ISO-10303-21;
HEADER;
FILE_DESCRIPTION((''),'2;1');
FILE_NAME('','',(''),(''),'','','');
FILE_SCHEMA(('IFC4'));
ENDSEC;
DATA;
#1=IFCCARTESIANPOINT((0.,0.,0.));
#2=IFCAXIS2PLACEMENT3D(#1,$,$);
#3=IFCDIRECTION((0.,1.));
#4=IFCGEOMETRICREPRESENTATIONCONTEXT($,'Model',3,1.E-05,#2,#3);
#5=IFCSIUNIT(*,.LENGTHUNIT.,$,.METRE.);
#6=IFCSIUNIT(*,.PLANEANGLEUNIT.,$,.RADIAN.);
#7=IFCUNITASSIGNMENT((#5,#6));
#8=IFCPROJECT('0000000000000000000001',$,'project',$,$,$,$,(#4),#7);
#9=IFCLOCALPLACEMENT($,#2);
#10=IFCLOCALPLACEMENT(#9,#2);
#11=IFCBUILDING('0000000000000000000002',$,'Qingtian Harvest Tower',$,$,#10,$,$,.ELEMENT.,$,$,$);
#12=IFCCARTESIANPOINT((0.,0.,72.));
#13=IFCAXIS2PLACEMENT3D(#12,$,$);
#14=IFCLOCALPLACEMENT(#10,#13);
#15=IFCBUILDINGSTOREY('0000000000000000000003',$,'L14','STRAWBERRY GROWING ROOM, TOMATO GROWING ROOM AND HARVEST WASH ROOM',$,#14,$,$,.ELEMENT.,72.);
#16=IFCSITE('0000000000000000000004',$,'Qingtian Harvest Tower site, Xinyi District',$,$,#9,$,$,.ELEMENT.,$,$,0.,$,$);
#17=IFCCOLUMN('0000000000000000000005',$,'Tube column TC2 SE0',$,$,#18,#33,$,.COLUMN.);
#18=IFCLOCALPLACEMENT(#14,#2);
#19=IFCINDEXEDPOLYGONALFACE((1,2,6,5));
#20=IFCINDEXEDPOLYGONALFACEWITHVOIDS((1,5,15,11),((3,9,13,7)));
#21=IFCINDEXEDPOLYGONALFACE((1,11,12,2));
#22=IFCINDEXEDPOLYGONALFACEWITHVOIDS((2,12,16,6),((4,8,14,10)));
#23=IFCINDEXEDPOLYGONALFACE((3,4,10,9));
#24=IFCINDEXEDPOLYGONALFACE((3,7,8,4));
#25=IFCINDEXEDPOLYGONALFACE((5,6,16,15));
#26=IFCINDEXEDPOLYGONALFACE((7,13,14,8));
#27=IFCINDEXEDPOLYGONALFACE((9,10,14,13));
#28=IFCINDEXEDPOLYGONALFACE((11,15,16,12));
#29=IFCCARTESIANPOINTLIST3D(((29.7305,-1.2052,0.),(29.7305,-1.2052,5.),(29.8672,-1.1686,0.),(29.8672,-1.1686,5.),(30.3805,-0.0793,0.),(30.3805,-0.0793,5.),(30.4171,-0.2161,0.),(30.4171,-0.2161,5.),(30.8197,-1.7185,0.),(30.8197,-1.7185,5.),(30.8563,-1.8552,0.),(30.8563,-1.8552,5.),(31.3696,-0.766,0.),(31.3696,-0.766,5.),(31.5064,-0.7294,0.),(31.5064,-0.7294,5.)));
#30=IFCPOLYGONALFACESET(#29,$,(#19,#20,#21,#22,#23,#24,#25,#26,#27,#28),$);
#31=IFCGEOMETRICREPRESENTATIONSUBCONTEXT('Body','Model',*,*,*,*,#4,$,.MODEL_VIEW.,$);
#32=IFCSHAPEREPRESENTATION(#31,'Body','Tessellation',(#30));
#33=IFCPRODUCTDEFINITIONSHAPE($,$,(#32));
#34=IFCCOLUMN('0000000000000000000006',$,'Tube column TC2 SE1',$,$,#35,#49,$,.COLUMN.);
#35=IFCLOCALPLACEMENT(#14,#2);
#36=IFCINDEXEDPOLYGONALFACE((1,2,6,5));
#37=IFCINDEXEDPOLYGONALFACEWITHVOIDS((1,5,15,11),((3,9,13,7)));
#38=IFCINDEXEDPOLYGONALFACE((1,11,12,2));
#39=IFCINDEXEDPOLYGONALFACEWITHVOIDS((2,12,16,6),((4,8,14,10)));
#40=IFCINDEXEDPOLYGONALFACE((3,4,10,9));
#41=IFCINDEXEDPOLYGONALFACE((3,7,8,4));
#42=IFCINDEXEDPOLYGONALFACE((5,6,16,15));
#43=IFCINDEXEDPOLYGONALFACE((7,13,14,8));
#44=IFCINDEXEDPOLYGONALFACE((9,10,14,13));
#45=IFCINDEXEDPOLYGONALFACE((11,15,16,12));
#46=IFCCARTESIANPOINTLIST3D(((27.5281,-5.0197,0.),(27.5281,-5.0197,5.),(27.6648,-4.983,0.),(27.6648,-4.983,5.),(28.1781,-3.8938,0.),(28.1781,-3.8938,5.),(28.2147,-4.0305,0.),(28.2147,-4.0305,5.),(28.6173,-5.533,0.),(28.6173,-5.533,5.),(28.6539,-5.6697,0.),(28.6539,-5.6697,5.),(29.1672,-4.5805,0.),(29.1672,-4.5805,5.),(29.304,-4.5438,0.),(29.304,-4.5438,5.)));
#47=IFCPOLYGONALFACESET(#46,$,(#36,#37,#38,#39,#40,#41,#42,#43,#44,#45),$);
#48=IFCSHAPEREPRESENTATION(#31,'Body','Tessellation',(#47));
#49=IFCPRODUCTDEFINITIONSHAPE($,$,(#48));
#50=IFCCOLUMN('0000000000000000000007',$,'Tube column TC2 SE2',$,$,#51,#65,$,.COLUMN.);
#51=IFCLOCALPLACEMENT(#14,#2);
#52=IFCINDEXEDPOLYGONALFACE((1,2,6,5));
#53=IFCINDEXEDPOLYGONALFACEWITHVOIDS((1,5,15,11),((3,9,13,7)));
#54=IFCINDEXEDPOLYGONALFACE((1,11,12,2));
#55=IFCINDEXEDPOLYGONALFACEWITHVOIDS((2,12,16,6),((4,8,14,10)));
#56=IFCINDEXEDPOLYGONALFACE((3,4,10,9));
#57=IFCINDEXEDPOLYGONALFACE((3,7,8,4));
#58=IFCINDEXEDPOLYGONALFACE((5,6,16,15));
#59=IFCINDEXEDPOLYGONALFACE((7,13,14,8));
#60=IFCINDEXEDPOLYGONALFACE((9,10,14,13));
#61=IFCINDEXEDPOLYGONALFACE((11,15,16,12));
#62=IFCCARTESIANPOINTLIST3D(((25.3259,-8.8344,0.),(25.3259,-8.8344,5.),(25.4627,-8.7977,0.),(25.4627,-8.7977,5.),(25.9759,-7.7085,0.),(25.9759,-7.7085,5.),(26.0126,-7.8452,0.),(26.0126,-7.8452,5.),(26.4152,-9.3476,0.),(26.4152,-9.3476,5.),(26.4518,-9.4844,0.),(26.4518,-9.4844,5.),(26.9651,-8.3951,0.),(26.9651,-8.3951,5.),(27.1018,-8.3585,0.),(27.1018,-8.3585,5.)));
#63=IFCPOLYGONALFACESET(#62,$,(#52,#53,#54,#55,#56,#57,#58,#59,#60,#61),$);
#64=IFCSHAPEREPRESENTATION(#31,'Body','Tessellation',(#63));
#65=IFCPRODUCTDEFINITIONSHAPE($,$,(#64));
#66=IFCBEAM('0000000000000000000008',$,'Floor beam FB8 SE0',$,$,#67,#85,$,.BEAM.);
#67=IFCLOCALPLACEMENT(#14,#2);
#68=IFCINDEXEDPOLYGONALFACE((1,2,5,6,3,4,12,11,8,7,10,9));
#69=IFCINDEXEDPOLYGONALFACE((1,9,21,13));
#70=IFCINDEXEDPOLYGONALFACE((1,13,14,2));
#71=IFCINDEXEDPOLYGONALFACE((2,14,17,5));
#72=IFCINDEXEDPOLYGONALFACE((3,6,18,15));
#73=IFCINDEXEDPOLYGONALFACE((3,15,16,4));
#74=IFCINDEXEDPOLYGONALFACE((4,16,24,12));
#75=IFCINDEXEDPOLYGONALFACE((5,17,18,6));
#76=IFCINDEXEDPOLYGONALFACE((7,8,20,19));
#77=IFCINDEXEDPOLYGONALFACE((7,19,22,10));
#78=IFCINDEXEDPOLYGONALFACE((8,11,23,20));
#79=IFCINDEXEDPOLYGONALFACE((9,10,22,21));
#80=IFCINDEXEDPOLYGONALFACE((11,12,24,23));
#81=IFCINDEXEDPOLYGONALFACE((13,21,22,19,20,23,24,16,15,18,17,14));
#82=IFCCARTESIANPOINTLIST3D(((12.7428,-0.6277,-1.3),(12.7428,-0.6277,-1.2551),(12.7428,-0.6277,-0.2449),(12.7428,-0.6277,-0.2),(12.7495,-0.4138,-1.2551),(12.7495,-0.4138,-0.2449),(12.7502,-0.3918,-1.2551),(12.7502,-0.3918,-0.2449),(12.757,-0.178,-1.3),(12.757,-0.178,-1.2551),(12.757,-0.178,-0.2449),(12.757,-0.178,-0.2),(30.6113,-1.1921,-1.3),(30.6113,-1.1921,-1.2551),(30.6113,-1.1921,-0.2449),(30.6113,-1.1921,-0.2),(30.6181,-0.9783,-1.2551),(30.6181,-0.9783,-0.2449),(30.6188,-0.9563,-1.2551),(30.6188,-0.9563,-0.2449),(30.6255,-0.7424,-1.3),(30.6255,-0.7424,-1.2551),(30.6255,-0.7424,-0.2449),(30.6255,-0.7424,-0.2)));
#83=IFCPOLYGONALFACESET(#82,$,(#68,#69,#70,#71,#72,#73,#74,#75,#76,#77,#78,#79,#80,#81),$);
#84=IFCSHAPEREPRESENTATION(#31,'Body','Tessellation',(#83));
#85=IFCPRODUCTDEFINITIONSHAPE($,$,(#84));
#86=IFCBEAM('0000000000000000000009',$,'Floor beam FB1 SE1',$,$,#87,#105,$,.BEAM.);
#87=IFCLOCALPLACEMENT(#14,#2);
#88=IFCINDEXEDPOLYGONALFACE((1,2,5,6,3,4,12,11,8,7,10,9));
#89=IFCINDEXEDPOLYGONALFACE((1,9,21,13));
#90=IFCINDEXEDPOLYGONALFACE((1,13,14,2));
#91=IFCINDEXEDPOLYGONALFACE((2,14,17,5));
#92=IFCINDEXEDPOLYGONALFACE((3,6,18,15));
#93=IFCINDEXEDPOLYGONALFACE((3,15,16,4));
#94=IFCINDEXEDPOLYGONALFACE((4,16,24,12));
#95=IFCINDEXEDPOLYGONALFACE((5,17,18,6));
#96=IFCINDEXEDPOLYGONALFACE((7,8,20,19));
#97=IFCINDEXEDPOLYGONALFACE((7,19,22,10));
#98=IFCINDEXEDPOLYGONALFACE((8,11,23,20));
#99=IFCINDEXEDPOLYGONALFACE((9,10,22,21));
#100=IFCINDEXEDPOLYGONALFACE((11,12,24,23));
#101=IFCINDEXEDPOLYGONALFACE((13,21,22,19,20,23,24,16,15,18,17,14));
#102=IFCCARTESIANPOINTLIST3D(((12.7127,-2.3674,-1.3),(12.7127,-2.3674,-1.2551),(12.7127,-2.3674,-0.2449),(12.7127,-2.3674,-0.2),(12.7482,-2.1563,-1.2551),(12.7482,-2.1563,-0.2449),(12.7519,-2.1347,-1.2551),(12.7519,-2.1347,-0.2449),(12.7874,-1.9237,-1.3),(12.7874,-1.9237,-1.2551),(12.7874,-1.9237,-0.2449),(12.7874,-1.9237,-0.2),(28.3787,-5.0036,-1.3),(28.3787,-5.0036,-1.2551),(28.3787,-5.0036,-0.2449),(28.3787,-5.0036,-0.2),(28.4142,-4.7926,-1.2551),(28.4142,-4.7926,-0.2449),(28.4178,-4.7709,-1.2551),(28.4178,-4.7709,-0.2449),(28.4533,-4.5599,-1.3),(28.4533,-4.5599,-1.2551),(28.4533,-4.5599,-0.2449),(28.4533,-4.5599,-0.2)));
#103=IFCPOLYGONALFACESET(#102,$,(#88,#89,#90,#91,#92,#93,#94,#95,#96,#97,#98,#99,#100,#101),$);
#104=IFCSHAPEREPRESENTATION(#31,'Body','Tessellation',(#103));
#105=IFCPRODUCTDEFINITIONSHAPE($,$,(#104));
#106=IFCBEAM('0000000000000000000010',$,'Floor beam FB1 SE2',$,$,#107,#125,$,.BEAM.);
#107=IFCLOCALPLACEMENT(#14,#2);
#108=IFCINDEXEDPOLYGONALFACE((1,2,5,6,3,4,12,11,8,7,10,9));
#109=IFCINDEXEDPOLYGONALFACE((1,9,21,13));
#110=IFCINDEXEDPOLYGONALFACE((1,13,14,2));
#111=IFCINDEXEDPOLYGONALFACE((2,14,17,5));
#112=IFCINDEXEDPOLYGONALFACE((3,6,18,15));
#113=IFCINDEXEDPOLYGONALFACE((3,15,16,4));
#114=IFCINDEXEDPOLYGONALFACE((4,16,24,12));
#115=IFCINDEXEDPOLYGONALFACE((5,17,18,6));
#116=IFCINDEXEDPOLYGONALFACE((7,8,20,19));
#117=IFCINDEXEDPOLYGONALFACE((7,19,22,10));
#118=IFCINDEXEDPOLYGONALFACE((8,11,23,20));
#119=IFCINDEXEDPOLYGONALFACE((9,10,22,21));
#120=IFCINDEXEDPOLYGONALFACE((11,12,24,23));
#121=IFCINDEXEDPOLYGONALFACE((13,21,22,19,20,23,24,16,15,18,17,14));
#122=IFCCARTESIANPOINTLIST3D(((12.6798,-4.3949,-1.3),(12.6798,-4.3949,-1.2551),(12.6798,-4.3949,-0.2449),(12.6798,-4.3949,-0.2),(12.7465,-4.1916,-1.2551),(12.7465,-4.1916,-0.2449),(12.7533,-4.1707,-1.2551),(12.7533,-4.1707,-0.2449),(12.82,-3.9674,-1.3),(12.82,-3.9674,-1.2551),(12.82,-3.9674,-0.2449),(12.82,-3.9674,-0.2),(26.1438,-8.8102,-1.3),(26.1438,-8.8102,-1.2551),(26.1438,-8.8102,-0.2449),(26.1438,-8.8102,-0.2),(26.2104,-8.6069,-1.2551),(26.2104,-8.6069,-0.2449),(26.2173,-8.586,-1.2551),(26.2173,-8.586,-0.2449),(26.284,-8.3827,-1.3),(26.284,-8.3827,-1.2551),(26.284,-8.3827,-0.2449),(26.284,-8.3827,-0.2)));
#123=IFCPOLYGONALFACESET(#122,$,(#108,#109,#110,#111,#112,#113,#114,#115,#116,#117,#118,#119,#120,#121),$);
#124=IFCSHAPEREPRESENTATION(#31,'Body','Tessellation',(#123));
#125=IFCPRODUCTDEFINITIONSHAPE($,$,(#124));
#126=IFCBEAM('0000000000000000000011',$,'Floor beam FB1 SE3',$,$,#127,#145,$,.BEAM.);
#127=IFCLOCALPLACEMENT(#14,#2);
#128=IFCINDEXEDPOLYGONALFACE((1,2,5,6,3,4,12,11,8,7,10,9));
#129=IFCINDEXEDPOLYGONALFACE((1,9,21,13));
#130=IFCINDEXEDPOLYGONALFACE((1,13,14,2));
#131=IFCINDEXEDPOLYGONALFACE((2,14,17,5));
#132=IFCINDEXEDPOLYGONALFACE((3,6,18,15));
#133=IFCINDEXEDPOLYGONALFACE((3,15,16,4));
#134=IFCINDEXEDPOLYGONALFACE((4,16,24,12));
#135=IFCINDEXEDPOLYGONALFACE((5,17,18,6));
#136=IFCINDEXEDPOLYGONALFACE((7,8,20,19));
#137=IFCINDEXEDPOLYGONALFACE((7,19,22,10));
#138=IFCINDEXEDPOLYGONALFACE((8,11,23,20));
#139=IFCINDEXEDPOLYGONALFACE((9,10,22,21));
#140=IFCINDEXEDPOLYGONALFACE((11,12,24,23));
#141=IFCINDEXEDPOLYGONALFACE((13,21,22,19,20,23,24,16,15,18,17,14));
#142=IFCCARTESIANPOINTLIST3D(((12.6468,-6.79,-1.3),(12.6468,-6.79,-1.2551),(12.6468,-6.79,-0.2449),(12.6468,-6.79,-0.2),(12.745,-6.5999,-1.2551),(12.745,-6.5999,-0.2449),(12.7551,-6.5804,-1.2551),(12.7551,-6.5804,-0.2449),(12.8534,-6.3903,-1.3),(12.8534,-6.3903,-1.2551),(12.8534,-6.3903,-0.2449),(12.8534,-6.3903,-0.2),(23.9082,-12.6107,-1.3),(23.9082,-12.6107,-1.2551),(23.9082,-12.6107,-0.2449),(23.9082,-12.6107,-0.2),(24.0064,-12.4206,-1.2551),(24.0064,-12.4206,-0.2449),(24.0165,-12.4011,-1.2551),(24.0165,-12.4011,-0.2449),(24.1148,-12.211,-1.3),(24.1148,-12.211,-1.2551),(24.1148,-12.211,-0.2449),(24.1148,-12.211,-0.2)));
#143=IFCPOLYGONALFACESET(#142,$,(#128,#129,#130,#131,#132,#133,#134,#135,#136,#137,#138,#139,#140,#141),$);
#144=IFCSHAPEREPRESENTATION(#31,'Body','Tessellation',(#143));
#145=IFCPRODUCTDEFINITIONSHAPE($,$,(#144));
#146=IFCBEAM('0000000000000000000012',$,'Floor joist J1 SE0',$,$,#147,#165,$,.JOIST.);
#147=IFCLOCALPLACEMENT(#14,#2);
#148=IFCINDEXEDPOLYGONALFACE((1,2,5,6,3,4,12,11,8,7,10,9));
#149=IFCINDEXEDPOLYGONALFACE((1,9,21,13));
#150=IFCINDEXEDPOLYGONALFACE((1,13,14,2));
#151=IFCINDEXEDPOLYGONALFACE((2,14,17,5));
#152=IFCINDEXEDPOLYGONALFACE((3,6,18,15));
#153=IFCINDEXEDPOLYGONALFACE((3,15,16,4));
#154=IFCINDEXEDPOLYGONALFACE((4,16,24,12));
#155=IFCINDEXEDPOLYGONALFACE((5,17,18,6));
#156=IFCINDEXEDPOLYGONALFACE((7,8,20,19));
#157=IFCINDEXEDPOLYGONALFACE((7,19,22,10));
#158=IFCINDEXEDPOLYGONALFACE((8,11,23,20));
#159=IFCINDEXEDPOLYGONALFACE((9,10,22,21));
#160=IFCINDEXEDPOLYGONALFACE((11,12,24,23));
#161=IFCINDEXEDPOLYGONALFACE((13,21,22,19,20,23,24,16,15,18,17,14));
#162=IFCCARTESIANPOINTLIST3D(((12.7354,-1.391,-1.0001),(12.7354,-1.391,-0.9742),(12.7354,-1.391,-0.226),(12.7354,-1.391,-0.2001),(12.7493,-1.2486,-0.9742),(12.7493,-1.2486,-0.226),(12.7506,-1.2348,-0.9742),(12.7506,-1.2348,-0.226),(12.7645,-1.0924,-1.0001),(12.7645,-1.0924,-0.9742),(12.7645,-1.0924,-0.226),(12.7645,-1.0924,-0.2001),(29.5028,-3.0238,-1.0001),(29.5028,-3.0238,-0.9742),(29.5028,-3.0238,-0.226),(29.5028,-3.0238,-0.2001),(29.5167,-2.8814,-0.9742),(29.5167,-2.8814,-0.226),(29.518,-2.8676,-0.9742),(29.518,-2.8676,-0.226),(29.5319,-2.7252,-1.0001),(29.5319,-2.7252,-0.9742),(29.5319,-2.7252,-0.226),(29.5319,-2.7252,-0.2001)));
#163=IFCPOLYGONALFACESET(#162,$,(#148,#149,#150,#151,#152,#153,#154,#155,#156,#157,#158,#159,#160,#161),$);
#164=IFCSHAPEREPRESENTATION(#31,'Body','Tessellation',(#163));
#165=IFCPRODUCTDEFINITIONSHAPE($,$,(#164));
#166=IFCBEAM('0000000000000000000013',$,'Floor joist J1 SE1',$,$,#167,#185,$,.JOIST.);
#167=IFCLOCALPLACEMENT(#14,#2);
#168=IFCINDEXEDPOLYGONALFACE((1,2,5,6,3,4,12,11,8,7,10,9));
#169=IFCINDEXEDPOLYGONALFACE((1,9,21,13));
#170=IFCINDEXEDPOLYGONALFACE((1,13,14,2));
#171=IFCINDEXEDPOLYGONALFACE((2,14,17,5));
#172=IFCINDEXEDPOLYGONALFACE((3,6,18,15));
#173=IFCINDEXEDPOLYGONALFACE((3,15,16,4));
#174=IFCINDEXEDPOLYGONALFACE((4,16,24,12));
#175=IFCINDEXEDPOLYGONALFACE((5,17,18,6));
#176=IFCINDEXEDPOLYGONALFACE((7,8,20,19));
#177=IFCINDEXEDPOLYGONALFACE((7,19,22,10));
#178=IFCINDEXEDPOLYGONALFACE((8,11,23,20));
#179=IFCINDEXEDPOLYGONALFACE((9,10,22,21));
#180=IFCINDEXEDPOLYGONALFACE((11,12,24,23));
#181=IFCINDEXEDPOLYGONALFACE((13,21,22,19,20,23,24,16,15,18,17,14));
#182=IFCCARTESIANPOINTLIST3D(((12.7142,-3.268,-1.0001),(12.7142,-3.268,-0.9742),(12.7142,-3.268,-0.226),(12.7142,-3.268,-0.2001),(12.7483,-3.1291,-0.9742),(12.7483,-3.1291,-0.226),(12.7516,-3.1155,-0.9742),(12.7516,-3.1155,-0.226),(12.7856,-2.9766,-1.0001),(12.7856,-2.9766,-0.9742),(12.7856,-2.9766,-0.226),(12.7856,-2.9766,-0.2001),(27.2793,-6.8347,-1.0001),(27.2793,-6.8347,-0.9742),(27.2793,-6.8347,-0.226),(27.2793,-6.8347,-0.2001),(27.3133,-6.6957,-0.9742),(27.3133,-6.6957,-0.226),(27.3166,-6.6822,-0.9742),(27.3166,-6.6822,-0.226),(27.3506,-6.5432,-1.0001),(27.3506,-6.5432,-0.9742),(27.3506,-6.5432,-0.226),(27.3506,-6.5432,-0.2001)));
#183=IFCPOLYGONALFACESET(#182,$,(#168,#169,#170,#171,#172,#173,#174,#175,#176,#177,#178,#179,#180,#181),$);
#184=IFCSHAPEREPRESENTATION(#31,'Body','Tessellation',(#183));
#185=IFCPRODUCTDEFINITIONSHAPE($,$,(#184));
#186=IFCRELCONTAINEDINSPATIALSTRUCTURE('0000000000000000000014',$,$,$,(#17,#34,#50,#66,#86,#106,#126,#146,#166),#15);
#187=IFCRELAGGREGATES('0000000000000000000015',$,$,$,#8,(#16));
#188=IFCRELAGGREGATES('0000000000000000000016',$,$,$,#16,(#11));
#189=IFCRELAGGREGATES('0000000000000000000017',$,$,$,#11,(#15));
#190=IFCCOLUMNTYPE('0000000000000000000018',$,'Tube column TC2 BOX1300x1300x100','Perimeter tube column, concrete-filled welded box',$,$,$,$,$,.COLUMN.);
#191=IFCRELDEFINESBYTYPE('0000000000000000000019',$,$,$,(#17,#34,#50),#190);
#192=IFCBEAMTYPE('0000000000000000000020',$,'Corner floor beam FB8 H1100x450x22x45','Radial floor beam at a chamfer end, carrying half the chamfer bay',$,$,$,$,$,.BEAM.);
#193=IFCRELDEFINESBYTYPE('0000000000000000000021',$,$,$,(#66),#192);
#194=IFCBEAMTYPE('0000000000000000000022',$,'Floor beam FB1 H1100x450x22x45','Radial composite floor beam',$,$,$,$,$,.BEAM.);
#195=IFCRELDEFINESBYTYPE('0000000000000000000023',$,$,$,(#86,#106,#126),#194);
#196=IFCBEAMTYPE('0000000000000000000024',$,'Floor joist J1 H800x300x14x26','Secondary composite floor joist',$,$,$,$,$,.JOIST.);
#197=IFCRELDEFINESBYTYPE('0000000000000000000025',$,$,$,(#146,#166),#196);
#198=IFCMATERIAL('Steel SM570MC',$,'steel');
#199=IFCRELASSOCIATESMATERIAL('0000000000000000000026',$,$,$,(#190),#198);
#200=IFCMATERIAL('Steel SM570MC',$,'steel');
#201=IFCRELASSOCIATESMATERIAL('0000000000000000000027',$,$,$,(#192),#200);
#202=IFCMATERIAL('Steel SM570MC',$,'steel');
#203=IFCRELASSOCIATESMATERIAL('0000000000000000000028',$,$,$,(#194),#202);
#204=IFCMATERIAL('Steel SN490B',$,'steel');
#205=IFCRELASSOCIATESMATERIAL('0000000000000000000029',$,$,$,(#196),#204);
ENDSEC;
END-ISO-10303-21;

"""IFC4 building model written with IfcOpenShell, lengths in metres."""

from ifc_helpers import new_model, si_unit, direction, frame, origin, origin_2d, place, context, subcontext, project, spatial, hollow_rectangle, i_section, extrude, material, material_profile, profile_set, type_object, element, save


model = new_model("IFC4")

# Units and contexts
model_context = context("Model", 3, precision=1e-05, world=origin(), true_north=direction((0.0, 1.0)))
body_context = subcontext(model_context, "Body", "Model", "MODEL_VIEW")
ifc_project = project(units=[si_unit("LENGTHUNIT", "METRE"), si_unit("PLANEANGLEUNIT", "RADIAN")], contexts=[model_context])

# Site, building, storey
site_placement = place(None, origin())
site = spatial("IfcSite", under=ifc_project, at=site_placement, Name="Qingtian Harvest Tower site, Xinyi District", CompositionType="ELEMENT", RefElevation=0.0)
building_placement = place(site_placement, origin())
building = spatial("IfcBuilding", under=site, at=building_placement, Name="Qingtian Harvest Tower", CompositionType="ELEMENT")
storey_placement = place(building_placement, frame((0.0, 0.0, 72.0)))
storey = spatial("IfcBuildingStorey", under=building, at=storey_placement, Name="L14", Description="STRAWBERRY GROWING ROOM, TOMATO GROWING ROOM AND HARVEST WASH ROOM", CompositionType="ELEMENT", Elevation=72.0)

# Columns
ifc_material_1 = material(Name="Steel SM570MC", Category="steel")
ifc_material_profile_1 = material_profile(ifc_material_1, hollow_rectangle(XDim=1.3, YDim=1.3, WallThickness=0.1001, at=origin_2d()), Name="BOX1300x1300x100")
ifc_profile_set_1 = profile_set([ifc_material_profile_1], Name="Steel SM570MC")
column_type = type_object("IfcColumnType", Name="Tube column TC2 BOX1300x1300x100", Description="Perimeter tube column, concrete-filled welded box", PredefinedType="COLUMN", material=ifc_profile_set_1)
for number, where, z_axis, x_axis, name in (
    (1, (30.6184, -0.9673, 0.0), (0.0, 0.0, 1.0), (0.5, 0.866025, 0.0), "Tube column TC2 SE0"),
    (2, (28.416, -4.7817, 0.0), (0.0, 0.0, 1.0), (0.5, 0.866025, 0.0), "Tube column TC2 SE1"),
    (3, (26.2139, -8.5964, 0.0), (0.0, 0.0, 1.0), (0.5, 0.866025, 0.0), "Tube column TC2 SE2"),
):
    element("IfcColumn", number, at=place(storey_placement, frame(where, z_axis=z_axis, x_axis=x_axis)), inside=storey, type_object=column_type, Name=name, PredefinedType="COLUMN", context=body_context, shape_type="SweptSolid", body=[
        extrude(hollow_rectangle(XDim=1.3, YDim=1.3, WallThickness=0.1001, at=origin_2d()), origin(), (0.0, 0.0, 1.0), 5.0),
    ])

# Beams
ifc_material_2 = material(Name="Steel SM570MC", Category="steel")
ifc_material_profile_2 = material_profile(ifc_material_2, i_section(OverallWidth=0.45, OverallDepth=1.1001, WebThickness=0.022, FlangeThickness=0.0449, at=origin_2d()), Name="H1100x450x22x45")
ifc_profile_set_2 = profile_set([ifc_material_profile_2], Name="Steel SM570MC")
beam_type_1 = type_object("IfcBeamType", Name="Corner floor beam FB8 H1100x450x22x45", Description="Radial floor beam at a chamfer end, carrying half the chamfer bay", PredefinedType="BEAM", material=ifc_profile_set_2)
beam_1_placement = place(storey_placement, frame((30.6184, -0.9673, -0.75), z_axis=(-0.999501, 0.031574, 0.0), x_axis=(-0.031574, -0.999501, 0.0)))
element("IfcBeam", 4, at=beam_1_placement, inside=storey, type_object=beam_type_1, Name="Floor beam FB8 SE0", PredefinedType="BEAM", context=body_context, shape_type="SweptSolid", body=[
    extrude(i_section(OverallWidth=0.45, OverallDepth=1.1001, WebThickness=0.022, FlangeThickness=0.0449, at=origin_2d()), origin(), (0.0, 0.0, 1.0), 17.8774),
])
ifc_material_3 = material(Name="Steel SM570MC", Category="steel")
ifc_material_profile_3 = material_profile(ifc_material_3, i_section(OverallWidth=0.45, OverallDepth=1.1001, WebThickness=0.022, FlangeThickness=0.0449, at=origin_2d()), Name="H1100x450x22x45")
ifc_profile_set_3 = profile_set([ifc_material_profile_3], Name="Steel SM570MC")
beam_type_2 = type_object("IfcBeamType", Name="Floor beam FB1 H1100x450x22x45", Description="Radial composite floor beam", PredefinedType="BEAM", material=ifc_profile_set_3)
beam_2_placement = place(storey_placement, frame((28.416, -4.7817, -0.75), z_axis=(-0.986135, 0.165944, 0.0), x_axis=(-0.165944, -0.986135, 0.0)))
element("IfcBeam", 5, at=beam_2_placement, inside=storey, type_object=beam_type_2, Name="Floor beam FB1 SE1", PredefinedType="BEAM", context=body_context, shape_type="SweptSolid", body=[
    extrude(i_section(OverallWidth=0.45, OverallDepth=1.1001, WebThickness=0.022, FlangeThickness=0.0449, at=origin_2d()), origin(), (0.0, 0.0, 1.0), 15.8862),
])
beam_3_placement = place(storey_placement, frame((26.2139, -8.5964, -0.75), z_axis=(-0.950211, 0.311608, 0.0), x_axis=(-0.311608, -0.950211, 0.0)))
element("IfcBeam", 6, at=beam_3_placement, inside=storey, type_object=beam_type_2, Name="Floor beam FB1 SE2", PredefinedType="BEAM", context=body_context, shape_type="SweptSolid", body=[
    extrude(i_section(OverallWidth=0.45, OverallDepth=1.1001, WebThickness=0.022, FlangeThickness=0.0449, at=origin_2d()), origin(), (0.0, 0.0, 1.0), 14.1694),
])
beam_4_placement = place(storey_placement, frame((24.0115, -12.4109, -0.75), z_axis=(-0.88835, 0.459168, 0.0), x_axis=(-0.459168, -0.88835, 0.0)))
element("IfcBeam", 7, at=beam_4_placement, inside=storey, type_object=beam_type_2, Name="Floor beam FB1 SE3", PredefinedType="BEAM", context=body_context, shape_type="SweptSolid", body=[
    extrude(i_section(OverallWidth=0.45, OverallDepth=1.1001, WebThickness=0.022, FlangeThickness=0.0449, at=origin_2d()), origin(), (0.0, 0.0, 1.0), 12.6768),
])
ifc_material_4 = material(Name="Steel SN490B", Category="steel")
ifc_material_profile_4 = material_profile(ifc_material_4, i_section(OverallWidth=0.3, OverallDepth=0.8, WebThickness=0.0139, FlangeThickness=0.0259, at=origin_2d()), Name="H800x300x14x26")
ifc_profile_set_4 = profile_set([ifc_material_profile_4], Name="Steel SN490B")
beam_type_3 = type_object("IfcBeamType", Name="Floor joist J1 H800x300x14x26", Description="Secondary composite floor joist", PredefinedType="JOIST", material=ifc_profile_set_4)
beam_5_placement = place(storey_placement, frame((29.5173, -2.8745, -0.6001), z_axis=(-0.995292, 0.096922, 0.0), x_axis=(-0.096922, -0.995292, 0.0)))
element("IfcBeam", 8, at=beam_5_placement, inside=storey, type_object=beam_type_3, Name="Floor joist J1 SE0", PredefinedType="JOIST", context=body_context, shape_type="SweptSolid", body=[
    extrude(i_section(OverallWidth=0.3, OverallDepth=0.8, WebThickness=0.0139, FlangeThickness=0.0259, at=origin_2d()), origin(), (0.0, 0.0, 1.0), 16.8467),
])
beam_6_placement = place(storey_placement, frame((27.3149, -6.689, -0.6001), z_axis=(-0.971302, 0.237851, 0.0), x_axis=(-0.237851, -0.971302, 0.0)))
element("IfcBeam", 9, at=beam_6_placement, inside=storey, type_object=beam_type_3, Name="Floor joist J1 SE1", PredefinedType="JOIST", context=body_context, shape_type="SweptSolid", body=[
    extrude(i_section(OverallWidth=0.3, OverallDepth=0.8, WebThickness=0.0139, FlangeThickness=0.0259, at=origin_2d()), origin(), (0.0, 0.0, 1.0), 14.9954),
])

save(model, "model.ifc")
